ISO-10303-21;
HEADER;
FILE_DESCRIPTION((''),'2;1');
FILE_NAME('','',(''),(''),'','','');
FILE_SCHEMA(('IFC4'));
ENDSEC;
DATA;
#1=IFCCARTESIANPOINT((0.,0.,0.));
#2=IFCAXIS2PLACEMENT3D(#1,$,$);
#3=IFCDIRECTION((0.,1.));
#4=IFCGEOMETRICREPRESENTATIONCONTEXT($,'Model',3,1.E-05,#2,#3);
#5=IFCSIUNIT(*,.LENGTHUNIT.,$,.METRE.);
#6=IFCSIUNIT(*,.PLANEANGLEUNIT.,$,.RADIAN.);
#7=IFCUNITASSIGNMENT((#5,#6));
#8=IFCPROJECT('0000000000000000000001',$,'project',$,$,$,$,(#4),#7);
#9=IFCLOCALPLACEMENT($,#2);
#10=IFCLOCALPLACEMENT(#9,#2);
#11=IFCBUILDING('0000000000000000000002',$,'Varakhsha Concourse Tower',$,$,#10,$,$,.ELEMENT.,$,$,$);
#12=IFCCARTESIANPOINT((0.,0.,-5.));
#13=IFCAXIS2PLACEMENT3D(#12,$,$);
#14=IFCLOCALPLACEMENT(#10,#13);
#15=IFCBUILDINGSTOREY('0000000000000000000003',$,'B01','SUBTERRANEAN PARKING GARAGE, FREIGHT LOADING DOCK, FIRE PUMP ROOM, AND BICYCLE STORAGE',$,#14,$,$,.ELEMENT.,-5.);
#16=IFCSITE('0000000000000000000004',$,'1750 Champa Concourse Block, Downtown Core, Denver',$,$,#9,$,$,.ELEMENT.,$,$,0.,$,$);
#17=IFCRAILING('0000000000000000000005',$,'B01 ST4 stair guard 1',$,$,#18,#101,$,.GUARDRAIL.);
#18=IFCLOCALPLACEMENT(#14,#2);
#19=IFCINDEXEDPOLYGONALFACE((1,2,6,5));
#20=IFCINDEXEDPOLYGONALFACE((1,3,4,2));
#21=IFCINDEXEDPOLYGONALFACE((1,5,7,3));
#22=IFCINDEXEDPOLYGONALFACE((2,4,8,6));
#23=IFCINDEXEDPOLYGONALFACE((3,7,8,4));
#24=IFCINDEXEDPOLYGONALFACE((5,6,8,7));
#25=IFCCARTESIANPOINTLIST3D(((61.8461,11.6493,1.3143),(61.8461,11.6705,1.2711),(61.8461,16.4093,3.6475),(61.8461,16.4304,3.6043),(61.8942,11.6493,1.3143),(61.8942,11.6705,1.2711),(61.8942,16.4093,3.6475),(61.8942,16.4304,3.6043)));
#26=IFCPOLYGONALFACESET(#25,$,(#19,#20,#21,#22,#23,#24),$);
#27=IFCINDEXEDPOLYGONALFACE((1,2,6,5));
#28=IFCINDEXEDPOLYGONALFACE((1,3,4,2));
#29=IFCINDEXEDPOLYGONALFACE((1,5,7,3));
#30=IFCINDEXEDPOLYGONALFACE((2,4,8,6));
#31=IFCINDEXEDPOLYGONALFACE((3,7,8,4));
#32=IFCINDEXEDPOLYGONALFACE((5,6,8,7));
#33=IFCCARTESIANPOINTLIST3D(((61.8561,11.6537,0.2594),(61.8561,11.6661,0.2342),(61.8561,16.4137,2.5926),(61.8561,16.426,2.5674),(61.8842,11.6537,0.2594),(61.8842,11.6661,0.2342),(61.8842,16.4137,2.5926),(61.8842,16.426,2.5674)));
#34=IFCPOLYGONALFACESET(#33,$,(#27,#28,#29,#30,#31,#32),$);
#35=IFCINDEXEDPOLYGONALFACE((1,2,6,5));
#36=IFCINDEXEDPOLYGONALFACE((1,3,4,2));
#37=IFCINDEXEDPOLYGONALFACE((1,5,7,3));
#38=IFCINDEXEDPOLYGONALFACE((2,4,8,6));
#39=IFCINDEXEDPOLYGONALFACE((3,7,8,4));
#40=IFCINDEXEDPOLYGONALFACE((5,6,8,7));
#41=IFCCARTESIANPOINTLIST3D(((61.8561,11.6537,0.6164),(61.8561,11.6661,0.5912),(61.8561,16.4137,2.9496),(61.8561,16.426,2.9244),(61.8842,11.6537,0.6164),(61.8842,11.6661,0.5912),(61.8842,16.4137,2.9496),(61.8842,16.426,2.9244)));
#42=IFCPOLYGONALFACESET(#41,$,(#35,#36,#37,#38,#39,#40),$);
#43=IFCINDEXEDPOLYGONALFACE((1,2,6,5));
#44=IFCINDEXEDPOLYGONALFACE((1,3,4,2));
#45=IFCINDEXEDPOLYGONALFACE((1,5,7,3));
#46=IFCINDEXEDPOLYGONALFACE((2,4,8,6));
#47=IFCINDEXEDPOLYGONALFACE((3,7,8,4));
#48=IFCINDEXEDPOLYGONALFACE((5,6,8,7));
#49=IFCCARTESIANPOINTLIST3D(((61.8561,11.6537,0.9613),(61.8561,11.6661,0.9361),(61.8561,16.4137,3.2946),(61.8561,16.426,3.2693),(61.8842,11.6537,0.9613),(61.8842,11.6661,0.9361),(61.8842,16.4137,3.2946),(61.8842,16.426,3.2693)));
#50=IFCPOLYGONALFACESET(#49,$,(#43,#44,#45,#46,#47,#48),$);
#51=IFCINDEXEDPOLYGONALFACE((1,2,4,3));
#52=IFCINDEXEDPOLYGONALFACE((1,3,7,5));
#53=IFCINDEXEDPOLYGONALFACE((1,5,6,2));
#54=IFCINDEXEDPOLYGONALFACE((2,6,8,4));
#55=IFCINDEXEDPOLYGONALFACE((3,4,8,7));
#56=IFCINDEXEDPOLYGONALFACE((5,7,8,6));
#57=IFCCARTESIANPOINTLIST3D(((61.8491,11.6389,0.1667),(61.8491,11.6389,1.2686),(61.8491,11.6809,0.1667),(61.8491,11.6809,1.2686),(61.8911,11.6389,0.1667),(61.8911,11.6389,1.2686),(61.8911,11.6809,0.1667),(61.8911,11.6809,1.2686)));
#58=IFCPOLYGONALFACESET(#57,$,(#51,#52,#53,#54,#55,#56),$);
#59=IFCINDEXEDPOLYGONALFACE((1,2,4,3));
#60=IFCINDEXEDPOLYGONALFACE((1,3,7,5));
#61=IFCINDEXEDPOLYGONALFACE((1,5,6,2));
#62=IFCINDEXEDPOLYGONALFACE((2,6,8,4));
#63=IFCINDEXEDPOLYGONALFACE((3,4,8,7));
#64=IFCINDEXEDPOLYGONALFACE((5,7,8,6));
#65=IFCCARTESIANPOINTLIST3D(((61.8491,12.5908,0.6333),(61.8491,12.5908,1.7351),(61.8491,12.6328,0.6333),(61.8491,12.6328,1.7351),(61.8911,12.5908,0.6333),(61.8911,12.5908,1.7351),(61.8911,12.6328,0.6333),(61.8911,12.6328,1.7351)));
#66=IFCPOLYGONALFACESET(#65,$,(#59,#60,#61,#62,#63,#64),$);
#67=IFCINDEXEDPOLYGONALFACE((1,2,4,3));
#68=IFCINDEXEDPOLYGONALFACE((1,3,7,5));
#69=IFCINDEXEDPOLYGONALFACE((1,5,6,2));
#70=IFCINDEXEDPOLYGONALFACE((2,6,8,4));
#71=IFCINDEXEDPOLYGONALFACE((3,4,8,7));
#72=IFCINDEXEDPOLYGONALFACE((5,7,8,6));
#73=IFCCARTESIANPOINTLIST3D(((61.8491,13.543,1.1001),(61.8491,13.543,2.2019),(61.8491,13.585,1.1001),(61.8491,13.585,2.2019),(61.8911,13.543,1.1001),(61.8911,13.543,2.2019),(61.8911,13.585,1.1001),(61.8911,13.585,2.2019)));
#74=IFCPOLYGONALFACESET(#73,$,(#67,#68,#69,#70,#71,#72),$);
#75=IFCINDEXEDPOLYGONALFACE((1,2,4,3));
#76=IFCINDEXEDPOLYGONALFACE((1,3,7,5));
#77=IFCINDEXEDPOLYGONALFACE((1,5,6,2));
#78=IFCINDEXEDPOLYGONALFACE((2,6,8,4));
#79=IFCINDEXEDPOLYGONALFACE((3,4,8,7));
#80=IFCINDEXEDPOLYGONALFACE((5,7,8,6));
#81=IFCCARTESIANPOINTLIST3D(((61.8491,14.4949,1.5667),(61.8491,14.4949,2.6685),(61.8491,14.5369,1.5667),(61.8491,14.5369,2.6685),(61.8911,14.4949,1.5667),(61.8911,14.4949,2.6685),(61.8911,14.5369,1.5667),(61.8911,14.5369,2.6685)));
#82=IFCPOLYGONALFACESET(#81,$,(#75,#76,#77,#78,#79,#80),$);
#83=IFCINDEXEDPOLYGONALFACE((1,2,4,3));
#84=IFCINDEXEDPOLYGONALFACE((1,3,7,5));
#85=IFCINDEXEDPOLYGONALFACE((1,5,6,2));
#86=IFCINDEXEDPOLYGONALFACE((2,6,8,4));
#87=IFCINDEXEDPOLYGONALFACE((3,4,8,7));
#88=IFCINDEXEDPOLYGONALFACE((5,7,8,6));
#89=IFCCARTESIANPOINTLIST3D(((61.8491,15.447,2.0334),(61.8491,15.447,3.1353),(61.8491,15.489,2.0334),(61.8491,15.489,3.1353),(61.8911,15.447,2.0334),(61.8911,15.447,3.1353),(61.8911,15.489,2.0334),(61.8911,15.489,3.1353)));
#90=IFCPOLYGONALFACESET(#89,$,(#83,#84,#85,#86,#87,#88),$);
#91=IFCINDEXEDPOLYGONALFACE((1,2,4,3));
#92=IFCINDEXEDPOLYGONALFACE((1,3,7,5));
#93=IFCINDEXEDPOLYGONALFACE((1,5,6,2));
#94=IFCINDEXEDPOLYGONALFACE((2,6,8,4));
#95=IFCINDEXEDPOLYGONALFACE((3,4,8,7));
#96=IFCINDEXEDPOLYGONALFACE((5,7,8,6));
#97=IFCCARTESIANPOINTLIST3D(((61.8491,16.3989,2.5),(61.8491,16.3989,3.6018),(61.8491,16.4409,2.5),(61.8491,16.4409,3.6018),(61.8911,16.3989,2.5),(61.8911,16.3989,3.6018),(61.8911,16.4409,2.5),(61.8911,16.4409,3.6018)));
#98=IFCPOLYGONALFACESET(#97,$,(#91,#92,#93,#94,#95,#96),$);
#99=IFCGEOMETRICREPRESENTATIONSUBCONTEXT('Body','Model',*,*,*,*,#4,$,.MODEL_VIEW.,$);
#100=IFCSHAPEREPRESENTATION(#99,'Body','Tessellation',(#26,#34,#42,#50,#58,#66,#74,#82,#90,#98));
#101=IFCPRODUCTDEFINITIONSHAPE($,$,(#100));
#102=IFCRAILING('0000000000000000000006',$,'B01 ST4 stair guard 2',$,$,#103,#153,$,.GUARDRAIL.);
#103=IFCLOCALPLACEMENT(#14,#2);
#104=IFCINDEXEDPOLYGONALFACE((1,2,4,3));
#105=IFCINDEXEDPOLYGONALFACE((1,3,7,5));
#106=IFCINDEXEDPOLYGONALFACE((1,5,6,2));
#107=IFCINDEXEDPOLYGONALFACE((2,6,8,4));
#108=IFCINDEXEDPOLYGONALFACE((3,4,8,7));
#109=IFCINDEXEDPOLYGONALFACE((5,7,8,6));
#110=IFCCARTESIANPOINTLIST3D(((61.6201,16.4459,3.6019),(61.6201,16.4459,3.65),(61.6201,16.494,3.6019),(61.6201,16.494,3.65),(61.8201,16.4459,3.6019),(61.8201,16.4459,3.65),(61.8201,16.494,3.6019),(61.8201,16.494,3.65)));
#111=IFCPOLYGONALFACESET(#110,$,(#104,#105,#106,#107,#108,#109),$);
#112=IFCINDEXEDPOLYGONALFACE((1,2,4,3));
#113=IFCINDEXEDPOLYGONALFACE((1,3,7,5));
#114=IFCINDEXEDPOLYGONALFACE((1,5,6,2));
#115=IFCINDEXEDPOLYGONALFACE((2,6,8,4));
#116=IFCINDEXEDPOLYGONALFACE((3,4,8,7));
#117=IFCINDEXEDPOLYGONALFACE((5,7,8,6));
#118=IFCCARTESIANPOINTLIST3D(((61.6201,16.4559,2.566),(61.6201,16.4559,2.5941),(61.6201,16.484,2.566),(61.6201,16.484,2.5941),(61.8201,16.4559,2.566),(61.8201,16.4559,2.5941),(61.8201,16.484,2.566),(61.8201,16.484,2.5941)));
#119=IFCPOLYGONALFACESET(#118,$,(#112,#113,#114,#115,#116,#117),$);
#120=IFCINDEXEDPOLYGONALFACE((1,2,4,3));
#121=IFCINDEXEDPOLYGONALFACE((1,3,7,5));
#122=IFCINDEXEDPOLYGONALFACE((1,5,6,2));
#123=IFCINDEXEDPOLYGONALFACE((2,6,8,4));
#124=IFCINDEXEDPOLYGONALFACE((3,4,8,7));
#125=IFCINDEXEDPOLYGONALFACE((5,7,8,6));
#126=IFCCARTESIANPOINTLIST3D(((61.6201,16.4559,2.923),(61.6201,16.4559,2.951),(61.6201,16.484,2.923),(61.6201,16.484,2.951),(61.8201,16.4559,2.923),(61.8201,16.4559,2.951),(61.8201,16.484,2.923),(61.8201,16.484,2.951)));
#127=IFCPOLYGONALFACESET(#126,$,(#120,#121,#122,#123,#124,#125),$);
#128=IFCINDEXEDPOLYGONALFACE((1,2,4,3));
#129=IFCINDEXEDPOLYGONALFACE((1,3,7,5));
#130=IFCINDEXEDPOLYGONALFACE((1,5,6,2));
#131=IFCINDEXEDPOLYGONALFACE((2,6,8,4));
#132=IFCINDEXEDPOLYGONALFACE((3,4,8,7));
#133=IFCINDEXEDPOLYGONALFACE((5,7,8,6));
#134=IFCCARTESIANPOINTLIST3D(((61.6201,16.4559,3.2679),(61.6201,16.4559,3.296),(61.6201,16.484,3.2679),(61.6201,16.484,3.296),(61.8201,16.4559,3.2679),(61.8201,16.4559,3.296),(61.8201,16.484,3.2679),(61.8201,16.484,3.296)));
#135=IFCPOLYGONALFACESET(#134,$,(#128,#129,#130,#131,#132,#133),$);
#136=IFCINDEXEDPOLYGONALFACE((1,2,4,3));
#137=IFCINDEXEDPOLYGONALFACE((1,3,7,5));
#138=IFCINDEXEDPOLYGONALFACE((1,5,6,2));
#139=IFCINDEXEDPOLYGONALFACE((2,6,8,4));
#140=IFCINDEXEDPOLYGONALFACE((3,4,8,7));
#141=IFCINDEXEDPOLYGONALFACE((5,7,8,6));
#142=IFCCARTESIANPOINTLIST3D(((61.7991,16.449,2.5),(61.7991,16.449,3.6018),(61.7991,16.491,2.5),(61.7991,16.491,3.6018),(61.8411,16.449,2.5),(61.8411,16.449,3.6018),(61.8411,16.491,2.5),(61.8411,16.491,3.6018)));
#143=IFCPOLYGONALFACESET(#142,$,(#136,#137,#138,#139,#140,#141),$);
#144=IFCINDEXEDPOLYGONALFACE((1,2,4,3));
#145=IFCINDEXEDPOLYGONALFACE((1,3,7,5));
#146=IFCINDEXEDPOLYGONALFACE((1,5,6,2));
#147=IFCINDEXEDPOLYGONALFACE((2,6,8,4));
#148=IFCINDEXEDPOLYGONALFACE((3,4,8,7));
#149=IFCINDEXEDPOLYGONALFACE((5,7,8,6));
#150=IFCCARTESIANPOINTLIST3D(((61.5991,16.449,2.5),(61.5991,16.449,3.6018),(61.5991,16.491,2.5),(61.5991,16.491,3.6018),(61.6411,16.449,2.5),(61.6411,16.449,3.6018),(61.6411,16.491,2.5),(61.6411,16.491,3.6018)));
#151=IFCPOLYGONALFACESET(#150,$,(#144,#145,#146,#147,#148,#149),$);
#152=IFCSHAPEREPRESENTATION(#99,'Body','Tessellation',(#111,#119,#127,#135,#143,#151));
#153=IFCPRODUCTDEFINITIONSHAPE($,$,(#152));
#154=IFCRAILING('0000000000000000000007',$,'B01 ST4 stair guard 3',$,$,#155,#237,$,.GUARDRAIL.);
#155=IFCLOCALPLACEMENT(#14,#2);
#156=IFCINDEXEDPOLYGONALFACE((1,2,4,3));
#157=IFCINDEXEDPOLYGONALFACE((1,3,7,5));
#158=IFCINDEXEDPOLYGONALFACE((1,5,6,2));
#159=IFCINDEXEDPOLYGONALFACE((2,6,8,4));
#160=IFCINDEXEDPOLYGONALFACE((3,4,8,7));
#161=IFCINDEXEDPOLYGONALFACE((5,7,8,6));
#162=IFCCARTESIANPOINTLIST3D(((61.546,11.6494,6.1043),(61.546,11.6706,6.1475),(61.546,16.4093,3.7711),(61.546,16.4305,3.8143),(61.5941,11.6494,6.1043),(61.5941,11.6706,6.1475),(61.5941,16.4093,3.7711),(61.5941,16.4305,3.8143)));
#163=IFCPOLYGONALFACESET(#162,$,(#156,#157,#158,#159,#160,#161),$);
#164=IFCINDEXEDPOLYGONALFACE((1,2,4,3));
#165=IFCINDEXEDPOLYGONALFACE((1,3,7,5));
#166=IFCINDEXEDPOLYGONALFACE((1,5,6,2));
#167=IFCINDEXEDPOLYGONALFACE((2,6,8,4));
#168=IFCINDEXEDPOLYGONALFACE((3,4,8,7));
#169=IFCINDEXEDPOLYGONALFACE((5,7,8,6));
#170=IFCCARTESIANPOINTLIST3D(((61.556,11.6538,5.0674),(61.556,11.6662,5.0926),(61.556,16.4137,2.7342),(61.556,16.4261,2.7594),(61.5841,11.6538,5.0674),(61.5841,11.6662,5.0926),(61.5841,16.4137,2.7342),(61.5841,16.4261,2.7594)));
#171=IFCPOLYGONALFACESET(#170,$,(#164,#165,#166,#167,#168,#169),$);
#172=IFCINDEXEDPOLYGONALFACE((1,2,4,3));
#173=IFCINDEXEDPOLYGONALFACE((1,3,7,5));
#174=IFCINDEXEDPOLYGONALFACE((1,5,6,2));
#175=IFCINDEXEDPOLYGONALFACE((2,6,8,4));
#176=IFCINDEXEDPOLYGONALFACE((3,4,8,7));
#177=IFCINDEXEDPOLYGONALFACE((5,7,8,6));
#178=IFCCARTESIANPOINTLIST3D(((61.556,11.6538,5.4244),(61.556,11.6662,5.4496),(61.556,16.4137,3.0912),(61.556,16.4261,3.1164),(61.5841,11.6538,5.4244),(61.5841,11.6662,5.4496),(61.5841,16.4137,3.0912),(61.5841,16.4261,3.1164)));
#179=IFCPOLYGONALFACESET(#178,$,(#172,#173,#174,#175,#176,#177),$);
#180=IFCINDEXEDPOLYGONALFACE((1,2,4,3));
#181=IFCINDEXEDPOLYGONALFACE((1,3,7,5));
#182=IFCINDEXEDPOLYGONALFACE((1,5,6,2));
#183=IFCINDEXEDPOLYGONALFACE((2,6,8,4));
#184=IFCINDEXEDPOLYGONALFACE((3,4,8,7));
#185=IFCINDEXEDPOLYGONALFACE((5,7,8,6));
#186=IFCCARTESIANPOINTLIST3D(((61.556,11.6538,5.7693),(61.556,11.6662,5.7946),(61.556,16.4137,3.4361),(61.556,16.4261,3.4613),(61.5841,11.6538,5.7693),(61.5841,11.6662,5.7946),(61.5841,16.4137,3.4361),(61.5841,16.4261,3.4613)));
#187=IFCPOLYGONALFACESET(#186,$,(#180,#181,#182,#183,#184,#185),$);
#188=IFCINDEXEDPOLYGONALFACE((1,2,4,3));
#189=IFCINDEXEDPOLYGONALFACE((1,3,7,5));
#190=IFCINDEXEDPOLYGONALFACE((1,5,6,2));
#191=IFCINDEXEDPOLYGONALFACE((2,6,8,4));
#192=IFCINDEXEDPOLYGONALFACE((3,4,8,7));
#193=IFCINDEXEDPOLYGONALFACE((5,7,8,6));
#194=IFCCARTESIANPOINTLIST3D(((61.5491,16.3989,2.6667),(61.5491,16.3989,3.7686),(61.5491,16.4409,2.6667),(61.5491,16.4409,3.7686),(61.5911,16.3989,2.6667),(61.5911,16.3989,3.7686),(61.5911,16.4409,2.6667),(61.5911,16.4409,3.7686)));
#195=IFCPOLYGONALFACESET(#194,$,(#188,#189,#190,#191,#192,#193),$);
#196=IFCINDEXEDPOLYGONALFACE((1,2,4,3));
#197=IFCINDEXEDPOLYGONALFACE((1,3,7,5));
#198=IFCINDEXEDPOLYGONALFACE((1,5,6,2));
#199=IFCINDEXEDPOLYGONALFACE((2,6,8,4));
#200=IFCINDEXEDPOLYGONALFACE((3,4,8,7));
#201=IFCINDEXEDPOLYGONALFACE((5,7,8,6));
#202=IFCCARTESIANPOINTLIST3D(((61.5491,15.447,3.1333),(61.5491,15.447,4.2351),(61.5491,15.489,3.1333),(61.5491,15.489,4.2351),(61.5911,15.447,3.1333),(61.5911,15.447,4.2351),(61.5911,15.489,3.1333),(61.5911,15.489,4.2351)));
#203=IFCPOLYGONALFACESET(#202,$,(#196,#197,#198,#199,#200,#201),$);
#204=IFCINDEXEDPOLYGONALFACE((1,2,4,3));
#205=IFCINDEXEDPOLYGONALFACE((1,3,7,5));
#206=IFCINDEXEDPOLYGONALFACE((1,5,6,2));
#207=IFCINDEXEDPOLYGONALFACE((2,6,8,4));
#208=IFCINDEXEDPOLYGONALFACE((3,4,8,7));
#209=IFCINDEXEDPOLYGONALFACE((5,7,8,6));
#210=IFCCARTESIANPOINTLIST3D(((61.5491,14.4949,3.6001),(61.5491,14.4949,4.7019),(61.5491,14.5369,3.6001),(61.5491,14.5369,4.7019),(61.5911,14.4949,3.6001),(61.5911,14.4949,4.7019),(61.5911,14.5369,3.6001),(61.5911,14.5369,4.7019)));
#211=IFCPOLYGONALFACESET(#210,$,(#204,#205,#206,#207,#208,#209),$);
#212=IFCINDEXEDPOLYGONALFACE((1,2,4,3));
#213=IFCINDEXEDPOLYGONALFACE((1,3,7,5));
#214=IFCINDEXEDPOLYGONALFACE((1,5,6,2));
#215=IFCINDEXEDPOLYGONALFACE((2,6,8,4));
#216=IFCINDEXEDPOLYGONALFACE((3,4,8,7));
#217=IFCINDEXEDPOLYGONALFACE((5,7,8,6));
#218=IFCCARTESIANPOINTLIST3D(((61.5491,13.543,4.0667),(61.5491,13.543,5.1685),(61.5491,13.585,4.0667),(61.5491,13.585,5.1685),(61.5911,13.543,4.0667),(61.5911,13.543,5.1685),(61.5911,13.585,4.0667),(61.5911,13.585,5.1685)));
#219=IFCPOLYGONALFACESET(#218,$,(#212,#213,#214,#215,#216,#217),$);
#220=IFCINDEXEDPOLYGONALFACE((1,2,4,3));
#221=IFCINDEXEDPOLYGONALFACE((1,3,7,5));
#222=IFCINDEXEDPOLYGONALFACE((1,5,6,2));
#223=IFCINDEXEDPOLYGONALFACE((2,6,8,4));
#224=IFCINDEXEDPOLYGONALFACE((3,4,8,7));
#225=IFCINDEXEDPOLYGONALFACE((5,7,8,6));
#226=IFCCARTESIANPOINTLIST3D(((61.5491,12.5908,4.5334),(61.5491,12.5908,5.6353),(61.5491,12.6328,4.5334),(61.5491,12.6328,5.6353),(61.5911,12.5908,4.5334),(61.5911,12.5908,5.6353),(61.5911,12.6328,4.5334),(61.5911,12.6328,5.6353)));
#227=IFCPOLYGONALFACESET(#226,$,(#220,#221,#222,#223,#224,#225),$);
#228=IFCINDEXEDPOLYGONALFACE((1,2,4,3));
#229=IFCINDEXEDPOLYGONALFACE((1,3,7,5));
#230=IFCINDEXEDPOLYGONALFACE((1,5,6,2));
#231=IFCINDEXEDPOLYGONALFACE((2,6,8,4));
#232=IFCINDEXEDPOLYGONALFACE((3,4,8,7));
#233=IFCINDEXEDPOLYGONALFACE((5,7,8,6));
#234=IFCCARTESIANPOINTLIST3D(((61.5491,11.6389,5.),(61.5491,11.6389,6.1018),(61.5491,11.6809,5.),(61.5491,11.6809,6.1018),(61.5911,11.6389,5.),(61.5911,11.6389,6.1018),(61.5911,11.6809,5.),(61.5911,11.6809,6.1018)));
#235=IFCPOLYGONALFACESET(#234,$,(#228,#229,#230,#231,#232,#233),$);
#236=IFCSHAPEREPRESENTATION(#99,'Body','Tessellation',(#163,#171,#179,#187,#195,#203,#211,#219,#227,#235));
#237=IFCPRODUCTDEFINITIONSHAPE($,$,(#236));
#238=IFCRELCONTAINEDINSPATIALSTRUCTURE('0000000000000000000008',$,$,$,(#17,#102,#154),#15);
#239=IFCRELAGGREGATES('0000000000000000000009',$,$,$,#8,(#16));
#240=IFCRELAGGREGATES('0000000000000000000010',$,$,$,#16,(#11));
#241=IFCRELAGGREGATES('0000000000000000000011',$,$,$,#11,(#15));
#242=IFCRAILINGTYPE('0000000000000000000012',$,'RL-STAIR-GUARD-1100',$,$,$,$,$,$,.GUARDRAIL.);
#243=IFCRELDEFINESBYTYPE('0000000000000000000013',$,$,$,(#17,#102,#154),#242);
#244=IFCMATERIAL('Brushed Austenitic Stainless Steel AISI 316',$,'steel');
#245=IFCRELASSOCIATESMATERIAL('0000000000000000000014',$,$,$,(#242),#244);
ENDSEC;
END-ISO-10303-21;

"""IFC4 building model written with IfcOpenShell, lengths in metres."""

from ifc_helpers import new_model, si_unit, direction, frame, origin, origin_2d, place, context, subcontext, project, spatial, rectangle, extrude, material, type_object, element, save


model = new_model("IFC4")

# Units and contexts
model_context = context("Model", 3, precision=1e-05, world=origin(), true_north=direction((0.0, 1.0)))
body_context = subcontext(model_context, "Body", "Model", "MODEL_VIEW")
ifc_project = project(units=[si_unit("LENGTHUNIT", "METRE"), si_unit("PLANEANGLEUNIT", "RADIAN")], contexts=[model_context])

# Site, building, storey
site_placement = place(None, origin())
site = spatial("IfcSite", under=ifc_project, at=site_placement, Name="1750 Champa Concourse Block, Downtown Core, Denver", CompositionType="ELEMENT", RefElevation=0.0)
building_placement = place(site_placement, origin())
building = spatial("IfcBuilding", under=site, at=building_placement, Name="Varakhsha Concourse Tower", CompositionType="ELEMENT")
storey_placement = place(building_placement, frame((0.0, 0.0, -5.0)))
storey = spatial("IfcBuildingStorey", under=building, at=storey_placement, Name="B01", Description="SUBTERRANEAN PARKING GARAGE, FREIGHT LOADING DOCK, FIRE PUMP ROOM, AND BICYCLE STORAGE", CompositionType="ELEMENT", Elevation=-5.0)

# Railings
ifc_material_1 = material(Name="Brushed Austenitic Stainless Steel AISI 316", Category="steel")
railing_type_1 = type_object("IfcRailingType", Name="RL-STAIR-GUARD-1100", PredefinedType="GUARDRAIL", material=ifc_material_1)
railing_1_placement = place(storey_placement, frame((61.8701, 11.6599, 0.1667)))
element("IfcRailing", 1, at=railing_1_placement, inside=storey, type_object=railing_type_1, Name="B01 ST4 stair guard 1", PredefinedType="GUARDRAIL", context=body_context, shape_type="SweptSolid", body=[
    extrude(rectangle(XDim=0.0481, YDim=0.0481, at=origin_2d()), frame((0.0, 0.0, 1.126), z_axis=(0.0, 0.897927, 0.440144), x_axis=(-1.0, 0.0, 0.0)), (0.0, 0.0, 1.0), 5.301),
    extrude(rectangle(XDim=0.0281, YDim=0.0281, at=origin_2d()), frame((0.0, 0.0, 0.0801), z_axis=(0.0, 0.897927, 0.440144), x_axis=(-1.0, 0.0, 0.0)), (0.0, 0.0, 1.0), 5.301),
    extrude(rectangle(XDim=0.0281, YDim=0.0281, at=origin_2d()), frame((0.0, 0.0, 0.437), z_axis=(0.0, 0.897927, 0.440144), x_axis=(-1.0, 0.0, 0.0)), (0.0, 0.0, 1.0), 5.301),
    extrude(rectangle(XDim=0.0281, YDim=0.0281, at=origin_2d()), frame((0.0, 0.0, 0.782), z_axis=(0.0, 0.897927, 0.440144), x_axis=(-1.0, 0.0, 0.0)), (0.0, 0.0, 1.0), 5.301),
    extrude(rectangle(XDim=0.042, YDim=0.042, at=origin_2d()), origin(), (0.0, 0.0, 1.0), 1.1018),
    extrude(rectangle(XDim=0.042, YDim=0.042, at=origin_2d()), frame((0.0, 0.9519, 0.4666)), (0.0, 0.0, 1.0), 1.1018),
    extrude(rectangle(XDim=0.042, YDim=0.042, at=origin_2d()), frame((0.0, 1.9041, 0.9333)), (0.0, 0.0, 1.0), 1.1018),
    extrude(rectangle(XDim=0.042, YDim=0.042, at=origin_2d()), frame((0.0, 2.856, 1.3999)), (0.0, 0.0, 1.0), 1.1018),
    extrude(rectangle(XDim=0.042, YDim=0.042, at=origin_2d()), frame((0.0, 3.8081, 1.8667)), (0.0, 0.0, 1.0), 1.1018),
    extrude(rectangle(XDim=0.042, YDim=0.042, at=origin_2d()), frame((0.0, 4.76, 2.3333)), (0.0, 0.0, 1.0), 1.1018),
])
railing_2_placement = place(storey_placement, frame((61.8201, 16.47, 2.5)))
element("IfcRailing", 2, at=railing_2_placement, inside=storey, type_object=railing_type_1, Name="B01 ST4 stair guard 2", PredefinedType="GUARDRAIL", context=body_context, shape_type="SweptSolid", body=[
    extrude(rectangle(XDim=0.0481, YDim=0.0481, at=origin_2d()), frame((0.0, 0.0, 1.126), z_axis=(-1.0, 0.0, 0.0), x_axis=(0.0, -1.0, 0.0)), (0.0, 0.0, 1.0), 0.2),
    extrude(rectangle(XDim=0.0281, YDim=0.0281, at=origin_2d()), frame((0.0, 0.0, 0.0801), z_axis=(-1.0, 0.0, 0.0), x_axis=(0.0, -1.0, 0.0)), (0.0, 0.0, 1.0), 0.2),
    extrude(rectangle(XDim=0.0281, YDim=0.0281, at=origin_2d()), frame((0.0, 0.0, 0.437), z_axis=(-1.0, 0.0, 0.0), x_axis=(0.0, -1.0, 0.0)), (0.0, 0.0, 1.0), 0.2),
    extrude(rectangle(XDim=0.0281, YDim=0.0281, at=origin_2d()), frame((0.0, 0.0, 0.782), z_axis=(-1.0, 0.0, 0.0), x_axis=(0.0, -1.0, 0.0)), (0.0, 0.0, 1.0), 0.2),
    extrude(rectangle(XDim=0.042, YDim=0.042, at=origin_2d()), origin(), (0.0, 0.0, 1.0), 1.1018),
    extrude(rectangle(XDim=0.042, YDim=0.042, at=origin_2d()), frame((-0.2, 0.0, 0.0)), (0.0, 0.0, 1.0), 1.1018),
])
railing_3_placement = place(storey_placement, frame((61.5701, 16.4199, 2.6667)))
element("IfcRailing", 3, at=railing_3_placement, inside=storey, type_object=railing_type_1, Name="B01 ST4 stair guard 3", PredefinedType="GUARDRAIL", context=body_context, shape_type="SweptSolid", body=[
    extrude(rectangle(XDim=0.0481, YDim=0.0481, at=origin_2d()), frame((0.0, 0.0, 1.126), z_axis=(0.0, -0.897927, 0.440144), x_axis=(1.0, 0.0, 0.0)), (0.0, 0.0, 1.0), 5.301),
    extrude(rectangle(XDim=0.0281, YDim=0.0281, at=origin_2d()), frame((0.0, 0.0, 0.0801), z_axis=(0.0, -0.897927, 0.440144), x_axis=(1.0, 0.0, 0.0)), (0.0, 0.0, 1.0), 5.301),
    extrude(rectangle(XDim=0.0281, YDim=0.0281, at=origin_2d()), frame((0.0, 0.0, 0.437), z_axis=(0.0, -0.897927, 0.440144), x_axis=(1.0, 0.0, 0.0)), (0.0, 0.0, 1.0), 5.301),
    extrude(rectangle(XDim=0.0281, YDim=0.0281, at=origin_2d()), frame((0.0, 0.0, 0.782), z_axis=(0.0, -0.897927, 0.440144), x_axis=(1.0, 0.0, 0.0)), (0.0, 0.0, 1.0), 5.301),
    extrude(rectangle(XDim=0.042, YDim=0.042, at=origin_2d()), origin(), (0.0, 0.0, 1.0), 1.1018),
    extrude(rectangle(XDim=0.042, YDim=0.042, at=origin_2d()), frame((0.0, -0.9519, 0.4666)), (0.0, 0.0, 1.0), 1.1018),
    extrude(rectangle(XDim=0.042, YDim=0.042, at=origin_2d()), frame((0.0, -1.9041, 0.9333)), (0.0, 0.0, 1.0), 1.1018),
    extrude(rectangle(XDim=0.042, YDim=0.042, at=origin_2d()), frame((0.0, -2.856, 1.3999)), (0.0, 0.0, 1.0), 1.1018),
    extrude(rectangle(XDim=0.042, YDim=0.042, at=origin_2d()), frame((0.0, -3.8081, 1.8667)), (0.0, 0.0, 1.0), 1.1018),
    extrude(rectangle(XDim=0.042, YDim=0.042, at=origin_2d()), frame((0.0, -4.76, 2.3333)), (0.0, 0.0, 1.0), 1.1018),
])

save(model, "model.ifc")
